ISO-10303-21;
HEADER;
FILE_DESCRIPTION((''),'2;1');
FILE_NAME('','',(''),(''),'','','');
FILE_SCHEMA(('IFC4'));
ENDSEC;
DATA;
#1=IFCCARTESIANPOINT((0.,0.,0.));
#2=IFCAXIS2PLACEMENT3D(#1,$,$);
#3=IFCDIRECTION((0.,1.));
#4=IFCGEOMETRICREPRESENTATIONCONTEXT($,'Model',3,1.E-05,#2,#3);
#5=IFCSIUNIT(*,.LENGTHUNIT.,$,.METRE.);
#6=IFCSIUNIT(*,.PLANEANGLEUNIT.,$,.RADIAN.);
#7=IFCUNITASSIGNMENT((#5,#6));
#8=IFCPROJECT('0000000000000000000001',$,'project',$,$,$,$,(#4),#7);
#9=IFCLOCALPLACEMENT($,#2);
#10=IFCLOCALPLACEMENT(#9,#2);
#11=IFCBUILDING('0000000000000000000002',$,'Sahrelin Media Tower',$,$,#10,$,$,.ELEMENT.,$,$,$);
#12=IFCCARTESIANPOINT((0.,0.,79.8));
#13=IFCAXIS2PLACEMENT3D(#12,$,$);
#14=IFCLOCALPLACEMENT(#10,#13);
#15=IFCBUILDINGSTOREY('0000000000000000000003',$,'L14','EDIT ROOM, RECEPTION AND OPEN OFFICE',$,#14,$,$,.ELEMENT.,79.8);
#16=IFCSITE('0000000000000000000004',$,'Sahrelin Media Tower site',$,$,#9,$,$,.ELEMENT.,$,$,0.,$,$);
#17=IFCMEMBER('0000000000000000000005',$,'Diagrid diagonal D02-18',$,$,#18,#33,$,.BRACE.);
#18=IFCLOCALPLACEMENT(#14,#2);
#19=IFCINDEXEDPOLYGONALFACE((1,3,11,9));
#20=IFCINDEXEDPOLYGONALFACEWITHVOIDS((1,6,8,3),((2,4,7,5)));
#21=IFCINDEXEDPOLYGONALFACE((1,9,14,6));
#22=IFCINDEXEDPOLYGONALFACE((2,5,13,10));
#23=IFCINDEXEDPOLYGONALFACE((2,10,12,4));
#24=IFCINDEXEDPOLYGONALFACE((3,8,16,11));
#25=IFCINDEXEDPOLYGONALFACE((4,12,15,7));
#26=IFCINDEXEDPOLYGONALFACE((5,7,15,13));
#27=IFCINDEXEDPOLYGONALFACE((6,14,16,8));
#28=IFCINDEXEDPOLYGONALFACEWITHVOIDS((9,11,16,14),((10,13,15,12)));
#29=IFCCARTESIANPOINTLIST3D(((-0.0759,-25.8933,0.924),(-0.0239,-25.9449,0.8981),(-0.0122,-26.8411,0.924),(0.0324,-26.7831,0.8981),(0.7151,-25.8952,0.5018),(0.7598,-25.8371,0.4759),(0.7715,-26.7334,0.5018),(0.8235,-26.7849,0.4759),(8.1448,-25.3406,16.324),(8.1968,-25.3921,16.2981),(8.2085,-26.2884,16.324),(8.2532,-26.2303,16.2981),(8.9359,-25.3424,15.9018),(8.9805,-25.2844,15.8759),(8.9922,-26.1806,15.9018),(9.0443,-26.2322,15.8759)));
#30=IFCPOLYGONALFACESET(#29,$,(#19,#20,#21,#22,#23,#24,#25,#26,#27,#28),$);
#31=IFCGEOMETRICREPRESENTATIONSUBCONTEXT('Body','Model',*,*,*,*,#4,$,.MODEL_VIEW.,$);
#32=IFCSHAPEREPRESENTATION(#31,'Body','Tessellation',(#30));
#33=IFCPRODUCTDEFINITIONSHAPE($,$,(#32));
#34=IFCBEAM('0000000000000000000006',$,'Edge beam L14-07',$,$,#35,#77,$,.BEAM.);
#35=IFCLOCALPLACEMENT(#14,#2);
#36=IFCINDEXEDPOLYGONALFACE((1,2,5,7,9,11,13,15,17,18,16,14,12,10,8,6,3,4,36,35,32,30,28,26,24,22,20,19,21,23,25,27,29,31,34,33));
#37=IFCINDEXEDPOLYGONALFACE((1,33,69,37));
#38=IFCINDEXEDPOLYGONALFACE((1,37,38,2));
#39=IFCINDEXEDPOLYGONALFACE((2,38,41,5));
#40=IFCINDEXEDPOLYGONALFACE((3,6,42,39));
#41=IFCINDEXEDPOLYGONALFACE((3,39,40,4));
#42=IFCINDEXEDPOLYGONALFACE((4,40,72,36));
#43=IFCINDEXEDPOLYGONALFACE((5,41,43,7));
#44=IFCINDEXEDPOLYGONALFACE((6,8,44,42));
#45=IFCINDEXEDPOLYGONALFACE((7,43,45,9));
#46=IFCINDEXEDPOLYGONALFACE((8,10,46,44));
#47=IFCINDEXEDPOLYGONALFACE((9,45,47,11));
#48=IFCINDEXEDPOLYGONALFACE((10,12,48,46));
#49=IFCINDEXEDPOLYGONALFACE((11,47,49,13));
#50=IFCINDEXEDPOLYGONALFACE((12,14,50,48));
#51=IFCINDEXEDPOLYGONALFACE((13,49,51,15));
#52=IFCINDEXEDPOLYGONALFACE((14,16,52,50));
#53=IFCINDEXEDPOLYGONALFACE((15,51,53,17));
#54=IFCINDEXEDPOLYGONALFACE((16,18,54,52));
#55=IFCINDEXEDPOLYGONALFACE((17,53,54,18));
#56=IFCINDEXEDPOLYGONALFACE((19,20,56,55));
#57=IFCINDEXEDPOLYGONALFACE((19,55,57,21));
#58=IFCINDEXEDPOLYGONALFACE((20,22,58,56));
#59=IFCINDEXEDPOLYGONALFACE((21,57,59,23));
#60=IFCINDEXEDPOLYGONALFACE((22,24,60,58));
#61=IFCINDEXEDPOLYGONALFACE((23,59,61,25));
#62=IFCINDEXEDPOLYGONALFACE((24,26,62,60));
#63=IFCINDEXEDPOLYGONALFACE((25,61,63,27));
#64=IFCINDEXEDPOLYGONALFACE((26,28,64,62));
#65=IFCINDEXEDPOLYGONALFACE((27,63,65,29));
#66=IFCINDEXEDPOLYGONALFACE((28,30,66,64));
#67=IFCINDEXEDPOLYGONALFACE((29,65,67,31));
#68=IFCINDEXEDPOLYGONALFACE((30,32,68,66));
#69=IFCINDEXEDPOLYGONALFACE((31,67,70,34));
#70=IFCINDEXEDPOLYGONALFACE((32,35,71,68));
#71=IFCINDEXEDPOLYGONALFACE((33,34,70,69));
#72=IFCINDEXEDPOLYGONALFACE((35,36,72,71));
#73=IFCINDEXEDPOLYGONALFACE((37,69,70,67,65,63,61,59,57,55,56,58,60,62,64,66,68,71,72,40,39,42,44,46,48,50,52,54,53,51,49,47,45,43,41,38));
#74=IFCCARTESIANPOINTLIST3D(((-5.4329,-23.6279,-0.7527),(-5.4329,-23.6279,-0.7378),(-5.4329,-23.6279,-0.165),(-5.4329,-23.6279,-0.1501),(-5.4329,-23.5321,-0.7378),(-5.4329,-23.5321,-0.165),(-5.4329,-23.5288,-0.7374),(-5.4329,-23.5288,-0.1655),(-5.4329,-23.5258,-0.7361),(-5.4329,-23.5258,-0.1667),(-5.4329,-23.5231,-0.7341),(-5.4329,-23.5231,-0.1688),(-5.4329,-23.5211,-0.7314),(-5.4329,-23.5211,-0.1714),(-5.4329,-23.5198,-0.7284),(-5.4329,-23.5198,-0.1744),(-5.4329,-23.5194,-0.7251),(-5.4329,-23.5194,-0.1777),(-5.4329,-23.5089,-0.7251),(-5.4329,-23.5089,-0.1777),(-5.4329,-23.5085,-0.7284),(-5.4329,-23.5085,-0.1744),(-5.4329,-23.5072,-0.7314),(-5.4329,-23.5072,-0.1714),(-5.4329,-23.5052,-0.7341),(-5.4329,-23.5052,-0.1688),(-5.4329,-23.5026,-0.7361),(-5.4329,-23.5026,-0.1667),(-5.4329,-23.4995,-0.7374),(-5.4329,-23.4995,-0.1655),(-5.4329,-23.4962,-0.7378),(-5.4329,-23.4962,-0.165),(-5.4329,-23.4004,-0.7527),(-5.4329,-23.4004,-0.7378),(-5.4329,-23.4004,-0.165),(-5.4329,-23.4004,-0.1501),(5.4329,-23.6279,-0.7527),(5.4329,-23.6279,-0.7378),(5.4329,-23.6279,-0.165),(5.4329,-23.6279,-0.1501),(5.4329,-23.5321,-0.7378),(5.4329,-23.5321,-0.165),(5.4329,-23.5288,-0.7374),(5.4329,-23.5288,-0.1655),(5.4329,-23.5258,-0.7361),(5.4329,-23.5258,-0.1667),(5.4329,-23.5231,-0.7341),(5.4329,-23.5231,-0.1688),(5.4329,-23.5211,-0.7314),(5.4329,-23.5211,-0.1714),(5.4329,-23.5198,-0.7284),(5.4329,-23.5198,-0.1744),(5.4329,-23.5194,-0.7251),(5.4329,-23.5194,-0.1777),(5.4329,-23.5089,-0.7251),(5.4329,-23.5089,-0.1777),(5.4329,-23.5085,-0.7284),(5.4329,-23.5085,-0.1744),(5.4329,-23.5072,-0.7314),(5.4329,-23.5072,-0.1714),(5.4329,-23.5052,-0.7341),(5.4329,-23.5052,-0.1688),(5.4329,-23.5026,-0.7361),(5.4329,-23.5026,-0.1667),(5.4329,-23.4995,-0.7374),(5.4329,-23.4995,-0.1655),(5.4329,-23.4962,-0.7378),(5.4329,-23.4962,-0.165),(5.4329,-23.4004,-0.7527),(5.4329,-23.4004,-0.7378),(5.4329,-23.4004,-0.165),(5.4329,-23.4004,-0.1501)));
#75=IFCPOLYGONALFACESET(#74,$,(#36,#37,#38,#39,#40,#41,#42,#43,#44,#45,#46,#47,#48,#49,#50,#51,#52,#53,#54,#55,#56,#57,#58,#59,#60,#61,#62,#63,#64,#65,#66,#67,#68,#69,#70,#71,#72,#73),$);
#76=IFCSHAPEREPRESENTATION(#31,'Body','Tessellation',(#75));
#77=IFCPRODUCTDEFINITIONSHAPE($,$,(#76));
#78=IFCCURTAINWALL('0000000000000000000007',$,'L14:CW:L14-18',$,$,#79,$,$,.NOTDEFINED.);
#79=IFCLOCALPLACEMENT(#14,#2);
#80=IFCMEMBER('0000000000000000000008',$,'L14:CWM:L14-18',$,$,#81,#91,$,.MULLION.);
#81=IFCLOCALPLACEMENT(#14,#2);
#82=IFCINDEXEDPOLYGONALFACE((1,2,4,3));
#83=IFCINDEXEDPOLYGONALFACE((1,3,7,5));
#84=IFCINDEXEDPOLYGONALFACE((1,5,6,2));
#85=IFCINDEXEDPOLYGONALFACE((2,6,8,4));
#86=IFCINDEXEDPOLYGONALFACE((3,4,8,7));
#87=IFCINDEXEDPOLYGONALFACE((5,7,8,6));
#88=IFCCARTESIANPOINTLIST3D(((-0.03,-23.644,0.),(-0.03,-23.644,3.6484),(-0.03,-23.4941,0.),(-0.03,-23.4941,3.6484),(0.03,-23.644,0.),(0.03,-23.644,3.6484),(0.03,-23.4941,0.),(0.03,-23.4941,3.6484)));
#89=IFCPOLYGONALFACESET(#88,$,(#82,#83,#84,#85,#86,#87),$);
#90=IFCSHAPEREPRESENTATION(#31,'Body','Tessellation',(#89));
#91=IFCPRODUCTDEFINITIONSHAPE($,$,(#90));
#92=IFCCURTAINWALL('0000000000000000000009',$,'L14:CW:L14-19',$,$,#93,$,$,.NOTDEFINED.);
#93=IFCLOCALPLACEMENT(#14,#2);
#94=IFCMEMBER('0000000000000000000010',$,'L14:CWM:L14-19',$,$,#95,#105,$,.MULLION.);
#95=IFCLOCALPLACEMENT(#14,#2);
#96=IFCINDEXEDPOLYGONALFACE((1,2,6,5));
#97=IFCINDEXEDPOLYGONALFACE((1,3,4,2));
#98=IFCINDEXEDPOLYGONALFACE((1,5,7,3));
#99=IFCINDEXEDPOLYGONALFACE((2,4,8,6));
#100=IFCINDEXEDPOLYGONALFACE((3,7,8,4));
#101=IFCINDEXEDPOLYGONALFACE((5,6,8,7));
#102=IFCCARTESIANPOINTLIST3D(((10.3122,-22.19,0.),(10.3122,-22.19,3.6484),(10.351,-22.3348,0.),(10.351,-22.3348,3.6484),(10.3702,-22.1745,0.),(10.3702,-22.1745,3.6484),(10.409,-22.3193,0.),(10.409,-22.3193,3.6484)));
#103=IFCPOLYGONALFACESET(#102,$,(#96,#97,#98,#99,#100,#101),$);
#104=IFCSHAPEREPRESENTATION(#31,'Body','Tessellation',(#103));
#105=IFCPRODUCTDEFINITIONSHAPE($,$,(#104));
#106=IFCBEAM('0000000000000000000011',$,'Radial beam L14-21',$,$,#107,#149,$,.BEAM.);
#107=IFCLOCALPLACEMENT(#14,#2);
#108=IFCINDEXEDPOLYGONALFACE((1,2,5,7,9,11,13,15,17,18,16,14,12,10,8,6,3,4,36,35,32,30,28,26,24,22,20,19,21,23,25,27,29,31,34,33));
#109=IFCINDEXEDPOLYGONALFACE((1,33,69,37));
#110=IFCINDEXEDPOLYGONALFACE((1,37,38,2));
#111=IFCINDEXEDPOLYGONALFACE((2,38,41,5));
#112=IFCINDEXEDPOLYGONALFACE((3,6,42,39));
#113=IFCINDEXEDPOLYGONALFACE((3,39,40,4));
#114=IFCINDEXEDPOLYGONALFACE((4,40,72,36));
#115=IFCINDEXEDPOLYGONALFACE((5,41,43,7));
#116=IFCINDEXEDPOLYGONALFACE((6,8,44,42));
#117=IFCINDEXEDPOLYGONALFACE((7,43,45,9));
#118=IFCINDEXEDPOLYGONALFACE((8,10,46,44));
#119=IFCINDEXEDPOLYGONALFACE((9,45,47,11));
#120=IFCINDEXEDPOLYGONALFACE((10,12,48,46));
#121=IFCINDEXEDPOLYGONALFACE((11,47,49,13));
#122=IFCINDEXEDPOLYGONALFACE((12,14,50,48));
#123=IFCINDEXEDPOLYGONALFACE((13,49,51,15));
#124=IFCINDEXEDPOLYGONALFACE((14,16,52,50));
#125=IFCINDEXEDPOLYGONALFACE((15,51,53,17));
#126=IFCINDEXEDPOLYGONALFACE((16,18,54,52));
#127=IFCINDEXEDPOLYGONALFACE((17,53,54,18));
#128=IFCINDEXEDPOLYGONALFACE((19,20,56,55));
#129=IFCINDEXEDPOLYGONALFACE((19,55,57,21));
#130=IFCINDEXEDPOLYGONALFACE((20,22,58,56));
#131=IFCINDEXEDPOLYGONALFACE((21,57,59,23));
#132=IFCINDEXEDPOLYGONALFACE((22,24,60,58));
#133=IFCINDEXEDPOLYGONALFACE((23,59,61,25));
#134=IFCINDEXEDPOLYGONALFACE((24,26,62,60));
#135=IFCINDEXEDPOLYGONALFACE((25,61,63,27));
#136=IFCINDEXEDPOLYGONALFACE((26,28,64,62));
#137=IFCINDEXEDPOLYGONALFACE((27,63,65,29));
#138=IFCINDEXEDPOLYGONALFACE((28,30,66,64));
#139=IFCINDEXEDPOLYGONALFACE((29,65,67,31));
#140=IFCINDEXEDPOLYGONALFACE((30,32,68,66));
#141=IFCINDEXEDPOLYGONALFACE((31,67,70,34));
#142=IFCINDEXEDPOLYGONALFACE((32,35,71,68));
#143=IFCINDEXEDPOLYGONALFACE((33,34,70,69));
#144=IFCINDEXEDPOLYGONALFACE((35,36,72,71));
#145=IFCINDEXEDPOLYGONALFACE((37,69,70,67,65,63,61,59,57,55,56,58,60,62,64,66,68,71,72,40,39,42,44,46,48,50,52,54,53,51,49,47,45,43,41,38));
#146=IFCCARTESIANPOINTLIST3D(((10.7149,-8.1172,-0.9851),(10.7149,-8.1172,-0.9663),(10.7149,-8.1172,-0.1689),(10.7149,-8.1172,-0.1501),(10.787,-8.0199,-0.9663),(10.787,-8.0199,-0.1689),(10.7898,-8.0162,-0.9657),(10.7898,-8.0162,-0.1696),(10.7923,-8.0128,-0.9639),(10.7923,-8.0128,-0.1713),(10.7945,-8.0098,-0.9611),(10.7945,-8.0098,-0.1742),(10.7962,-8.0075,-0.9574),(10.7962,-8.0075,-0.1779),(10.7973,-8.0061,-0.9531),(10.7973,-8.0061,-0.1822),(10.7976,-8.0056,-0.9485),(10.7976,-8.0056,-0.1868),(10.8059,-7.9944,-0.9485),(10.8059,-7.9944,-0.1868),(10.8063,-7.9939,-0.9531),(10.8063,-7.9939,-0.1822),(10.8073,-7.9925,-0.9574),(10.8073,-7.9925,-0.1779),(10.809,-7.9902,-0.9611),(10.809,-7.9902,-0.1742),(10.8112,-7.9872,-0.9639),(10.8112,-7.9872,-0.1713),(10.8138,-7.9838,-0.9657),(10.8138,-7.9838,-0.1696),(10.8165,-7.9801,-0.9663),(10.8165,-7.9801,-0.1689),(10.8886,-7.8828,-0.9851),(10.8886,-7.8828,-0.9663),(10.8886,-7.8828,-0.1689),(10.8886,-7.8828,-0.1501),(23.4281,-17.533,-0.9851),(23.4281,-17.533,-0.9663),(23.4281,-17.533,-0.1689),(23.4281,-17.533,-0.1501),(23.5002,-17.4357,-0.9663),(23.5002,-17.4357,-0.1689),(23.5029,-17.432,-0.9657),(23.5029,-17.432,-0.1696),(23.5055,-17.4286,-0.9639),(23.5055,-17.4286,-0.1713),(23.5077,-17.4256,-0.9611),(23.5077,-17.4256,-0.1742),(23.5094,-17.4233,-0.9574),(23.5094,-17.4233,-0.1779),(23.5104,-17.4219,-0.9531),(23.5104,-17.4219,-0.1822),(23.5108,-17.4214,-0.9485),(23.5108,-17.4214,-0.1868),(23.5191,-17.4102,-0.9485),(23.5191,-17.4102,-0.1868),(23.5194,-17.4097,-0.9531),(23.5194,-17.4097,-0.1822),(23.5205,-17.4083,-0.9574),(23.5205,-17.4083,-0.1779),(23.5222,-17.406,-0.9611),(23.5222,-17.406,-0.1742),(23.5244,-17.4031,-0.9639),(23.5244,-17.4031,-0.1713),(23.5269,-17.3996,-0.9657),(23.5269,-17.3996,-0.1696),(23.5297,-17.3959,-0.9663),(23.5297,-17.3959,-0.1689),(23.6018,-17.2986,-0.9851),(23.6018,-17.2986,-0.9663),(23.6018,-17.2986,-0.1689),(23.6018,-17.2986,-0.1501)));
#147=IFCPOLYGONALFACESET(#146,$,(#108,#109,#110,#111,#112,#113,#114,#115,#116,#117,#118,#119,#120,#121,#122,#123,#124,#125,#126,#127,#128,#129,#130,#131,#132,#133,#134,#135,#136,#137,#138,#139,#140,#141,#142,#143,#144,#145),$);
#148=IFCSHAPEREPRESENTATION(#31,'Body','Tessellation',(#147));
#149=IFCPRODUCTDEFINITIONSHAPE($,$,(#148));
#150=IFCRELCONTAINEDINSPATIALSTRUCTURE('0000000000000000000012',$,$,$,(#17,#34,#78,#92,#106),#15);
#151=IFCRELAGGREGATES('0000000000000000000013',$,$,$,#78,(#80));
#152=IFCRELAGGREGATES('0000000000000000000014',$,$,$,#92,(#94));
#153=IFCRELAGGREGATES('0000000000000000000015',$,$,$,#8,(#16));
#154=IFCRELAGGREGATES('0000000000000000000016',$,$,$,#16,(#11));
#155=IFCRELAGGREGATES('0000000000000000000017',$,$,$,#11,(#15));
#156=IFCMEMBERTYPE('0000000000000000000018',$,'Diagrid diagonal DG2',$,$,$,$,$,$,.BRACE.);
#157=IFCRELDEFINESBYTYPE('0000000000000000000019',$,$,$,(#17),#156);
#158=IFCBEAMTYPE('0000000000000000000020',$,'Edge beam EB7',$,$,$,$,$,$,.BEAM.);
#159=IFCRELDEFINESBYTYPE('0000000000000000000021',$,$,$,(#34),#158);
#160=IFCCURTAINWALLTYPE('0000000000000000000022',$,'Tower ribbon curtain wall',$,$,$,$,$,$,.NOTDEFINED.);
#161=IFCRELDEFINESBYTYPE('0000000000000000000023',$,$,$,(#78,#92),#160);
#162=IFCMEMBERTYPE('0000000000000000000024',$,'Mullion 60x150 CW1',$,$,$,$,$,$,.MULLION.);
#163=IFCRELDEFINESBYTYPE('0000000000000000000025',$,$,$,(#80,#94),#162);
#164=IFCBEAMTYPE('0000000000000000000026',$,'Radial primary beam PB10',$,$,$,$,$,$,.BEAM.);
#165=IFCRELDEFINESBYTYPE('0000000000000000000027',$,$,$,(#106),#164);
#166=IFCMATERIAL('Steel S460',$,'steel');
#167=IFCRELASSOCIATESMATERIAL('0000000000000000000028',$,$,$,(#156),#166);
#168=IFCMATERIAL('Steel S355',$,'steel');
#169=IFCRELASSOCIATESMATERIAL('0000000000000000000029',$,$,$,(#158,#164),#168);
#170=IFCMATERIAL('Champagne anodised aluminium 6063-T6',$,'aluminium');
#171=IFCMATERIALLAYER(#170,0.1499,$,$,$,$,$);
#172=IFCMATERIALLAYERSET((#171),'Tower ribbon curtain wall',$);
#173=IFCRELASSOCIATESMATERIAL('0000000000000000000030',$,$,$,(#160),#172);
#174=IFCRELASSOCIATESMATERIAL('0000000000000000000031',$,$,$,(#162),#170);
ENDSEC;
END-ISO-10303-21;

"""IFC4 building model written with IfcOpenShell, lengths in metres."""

from ifc_helpers import new_model, si_unit, direction, frame, origin, origin_2d, place, context, subcontext, project, spatial, rectangle, hollow_rectangle, i_section, extrude, material, layer, layer_set, material_profile, profile_set, type_object, element, aggregate, save


model = new_model("IFC4")

# Units and contexts
model_context = context("Model", 3, precision=1e-05, world=origin(), true_north=direction((0.0, 1.0)))
body_context = subcontext(model_context, "Body", "Model", "MODEL_VIEW")
ifc_project = project(units=[si_unit("LENGTHUNIT", "METRE"), si_unit("PLANEANGLEUNIT", "RADIAN")], contexts=[model_context])

# Site, building, storey
site_placement = place(None, origin())
site = spatial("IfcSite", under=ifc_project, at=site_placement, Name="Sahrelin Media Tower site", CompositionType="ELEMENT", RefElevation=0.0)
building_placement = place(site_placement, origin())
building = spatial("IfcBuilding", under=site, at=building_placement, Name="Sahrelin Media Tower", CompositionType="ELEMENT")
storey_placement = place(building_placement, frame((0.0, 0.0, 79.8)))
storey = spatial("IfcBuildingStorey", under=building, at=storey_placement, Name="L14", Description="EDIT ROOM, RECEPTION AND OPEN OFFICE", CompositionType="ELEMENT", Elevation=79.8)

# Member
ifc_material_1 = material(Name="Steel S460", Category="steel")
ifc_material_profile_1 = material_profile(ifc_material_1, hollow_rectangle(XDim=0.95, YDim=0.95, WallThickness=0.0549, at=origin_2d()), Name="Diagrid diagonal DG2")
ifc_profile_set_1 = profile_set([ifc_material_profile_1], Name="Steel S460")
member_type_1 = type_object("IfcMemberType", Name="Diagrid diagonal DG2", PredefinedType="BRACE", material=ifc_profile_set_1)
member_1_placement = place(storey_placement, frame((0.3738, -26.3391, 0.7), z_axis=(0.470683, 0.031647, 0.881734), x_axis=(-0.067085, 0.997747, 0.0)))
element("IfcMember", 1, at=member_1_placement, inside=storey, type_object=member_type_1, Name="Diagrid diagonal D02-18", PredefinedType="BRACE", context=body_context, shape_type="SweptSolid", body=[
    extrude(hollow_rectangle(XDim=0.95, YDim=0.95, WallThickness=0.0549, at=origin_2d()), origin(), (0.0, 0.0, 1.0), 17.4656),
])

# Beam
ifc_material_2 = material(Name="Steel S355", Category="steel")
ifc_material_profile_2 = material_profile(ifc_material_2, i_section(OverallWidth=0.2275, OverallDepth=0.6025, WebThickness=0.0105, FlangeThickness=0.0149, FilletRadius=0.0127, at=origin_2d()), Name="UB 610x229x101")
ifc_profile_set_2 = profile_set([ifc_material_profile_2], Name="Steel S355")
beam_type_1 = type_object("IfcBeamType", Name="Edge beam EB7", PredefinedType="BEAM", material=ifc_profile_set_2)
beam_1_placement = place(storey_placement, frame((5.4329, -23.5142, -0.4514), z_axis=(-1.0, 0.0, 0.0), x_axis=(0.0, -1.0, 0.0)))
element("IfcBeam", 2, at=beam_1_placement, inside=storey, type_object=beam_type_1, Name="Edge beam L14-07", PredefinedType="BEAM", context=body_context, shape_type="SweptSolid", body=[
    extrude(i_section(OverallWidth=0.2275, OverallDepth=0.6025, WebThickness=0.0105, FlangeThickness=0.0149, FilletRadius=0.0127, at=origin_2d()), origin(), (0.0, 0.0, 1.0), 10.8657),
])

# Curtain walls, members
ifc_material_3 = material(Name="Champagne anodised aluminium 6063-T6", Category="aluminium")
ifc_layer_1 = layer(ifc_material_3, 0.1499)
ifc_layer_set_1 = layer_set([ifc_layer_1], Name="Tower ribbon curtain wall")
curtain_wall_type = type_object("IfcCurtainWallType", Name="Tower ribbon curtain wall", PredefinedType="NOTDEFINED", material=ifc_layer_set_1)
curtain_wall_1_placement = place(storey_placement, frame((0.0, -23.6641, 0.0), z_axis=(0.0, 0.0, 1.0), x_axis=(1.0, 0.0, 0.0)))
curtain_wall_1 = element("IfcCurtainWall", 3, at=curtain_wall_1_placement, inside=storey, type_object=curtain_wall_type, Name="L14:CW:L14-18", PredefinedType="NOTDEFINED")
ifc_material_profile_3 = material_profile(ifc_material_3, rectangle(XDim=0.0601, YDim=0.1499, at=origin_2d()), Name="Mullion 60x150")
ifc_profile_set_3 = profile_set([ifc_material_profile_3], Name="Champagne anodised aluminium 6063-T6")
member_type_2 = type_object("IfcMemberType", Name="Mullion 60x150 CW1", PredefinedType="MULLION", material=ifc_profile_set_3)
member_2_placement = place(storey_placement, frame((0.0, -23.5691, 0.0), z_axis=(0.0, 0.0, 1.0), x_axis=(1.0, 0.0, 0.0)))
member_2 = element("IfcMember", 4, at=member_2_placement, type_object=member_type_2, Name="L14:CWM:L14-18", PredefinedType="MULLION", context=body_context, shape_type="SweptSolid", body=[
    extrude(rectangle(XDim=0.0601, YDim=0.1499, at=origin_2d()), origin(), (0.0, 0.0, 1.0), 3.6484),
])
aggregate(curtain_wall_1, [member_2])
curtain_wall_2_placement = place(storey_placement, frame((10.385, -22.3464, 0.0), z_axis=(0.0, 0.0, 1.0), x_axis=(1.0, 0.0, 0.0)))
curtain_wall_2 = element("IfcCurtainWall", 5, at=curtain_wall_2_placement, inside=storey, type_object=curtain_wall_type, Name="L14:CW:L14-19", PredefinedType="NOTDEFINED")
member_3_placement = place(storey_placement, frame((10.3606, -22.2546, 0.0), z_axis=(0.0, 0.0, 1.0), x_axis=(0.965925, 0.258822, 0.0)))
member_3 = element("IfcMember", 6, at=member_3_placement, type_object=member_type_2, Name="L14:CWM:L14-19", PredefinedType="MULLION", context=body_context, shape_type="SweptSolid", body=[
    extrude(rectangle(XDim=0.0601, YDim=0.1499, at=origin_2d()), origin(), (0.0, 0.0, 1.0), 3.6484),
])

# Beam
ifc_material_profile_4 = material_profile(ifc_material_2, i_section(OverallWidth=0.2917, OverallDepth=0.835, WebThickness=0.0139, FlangeThickness=0.0188, FilletRadius=0.0178, at=origin_2d()), Name="UB 838x292x176")
ifc_profile_set_4 = profile_set([ifc_material_profile_4], Name="Steel S355")
beam_type_2 = type_object("IfcBeamType", Name="Radial primary beam PB10", PredefinedType="BEAM", material=ifc_profile_set_4)
beam_2_placement = place(storey_placement, frame((10.8018, -8.0, -0.5676), z_axis=(0.803598, -0.595172, 0.0), x_axis=(0.595172, 0.803598, 0.0)))
element("IfcBeam", 7, at=beam_2_placement, inside=storey, type_object=beam_type_2, Name="Radial beam L14-21", PredefinedType="BEAM", context=body_context, shape_type="SweptSolid", body=[
    extrude(i_section(OverallWidth=0.2917, OverallDepth=0.835, WebThickness=0.0139, FlangeThickness=0.0188, FilletRadius=0.0178, at=origin_2d()), origin(), (0.0, 0.0, 1.0), 15.8203),
])

aggregate(curtain_wall_2, [member_3])

save(model, "model.ifc")
